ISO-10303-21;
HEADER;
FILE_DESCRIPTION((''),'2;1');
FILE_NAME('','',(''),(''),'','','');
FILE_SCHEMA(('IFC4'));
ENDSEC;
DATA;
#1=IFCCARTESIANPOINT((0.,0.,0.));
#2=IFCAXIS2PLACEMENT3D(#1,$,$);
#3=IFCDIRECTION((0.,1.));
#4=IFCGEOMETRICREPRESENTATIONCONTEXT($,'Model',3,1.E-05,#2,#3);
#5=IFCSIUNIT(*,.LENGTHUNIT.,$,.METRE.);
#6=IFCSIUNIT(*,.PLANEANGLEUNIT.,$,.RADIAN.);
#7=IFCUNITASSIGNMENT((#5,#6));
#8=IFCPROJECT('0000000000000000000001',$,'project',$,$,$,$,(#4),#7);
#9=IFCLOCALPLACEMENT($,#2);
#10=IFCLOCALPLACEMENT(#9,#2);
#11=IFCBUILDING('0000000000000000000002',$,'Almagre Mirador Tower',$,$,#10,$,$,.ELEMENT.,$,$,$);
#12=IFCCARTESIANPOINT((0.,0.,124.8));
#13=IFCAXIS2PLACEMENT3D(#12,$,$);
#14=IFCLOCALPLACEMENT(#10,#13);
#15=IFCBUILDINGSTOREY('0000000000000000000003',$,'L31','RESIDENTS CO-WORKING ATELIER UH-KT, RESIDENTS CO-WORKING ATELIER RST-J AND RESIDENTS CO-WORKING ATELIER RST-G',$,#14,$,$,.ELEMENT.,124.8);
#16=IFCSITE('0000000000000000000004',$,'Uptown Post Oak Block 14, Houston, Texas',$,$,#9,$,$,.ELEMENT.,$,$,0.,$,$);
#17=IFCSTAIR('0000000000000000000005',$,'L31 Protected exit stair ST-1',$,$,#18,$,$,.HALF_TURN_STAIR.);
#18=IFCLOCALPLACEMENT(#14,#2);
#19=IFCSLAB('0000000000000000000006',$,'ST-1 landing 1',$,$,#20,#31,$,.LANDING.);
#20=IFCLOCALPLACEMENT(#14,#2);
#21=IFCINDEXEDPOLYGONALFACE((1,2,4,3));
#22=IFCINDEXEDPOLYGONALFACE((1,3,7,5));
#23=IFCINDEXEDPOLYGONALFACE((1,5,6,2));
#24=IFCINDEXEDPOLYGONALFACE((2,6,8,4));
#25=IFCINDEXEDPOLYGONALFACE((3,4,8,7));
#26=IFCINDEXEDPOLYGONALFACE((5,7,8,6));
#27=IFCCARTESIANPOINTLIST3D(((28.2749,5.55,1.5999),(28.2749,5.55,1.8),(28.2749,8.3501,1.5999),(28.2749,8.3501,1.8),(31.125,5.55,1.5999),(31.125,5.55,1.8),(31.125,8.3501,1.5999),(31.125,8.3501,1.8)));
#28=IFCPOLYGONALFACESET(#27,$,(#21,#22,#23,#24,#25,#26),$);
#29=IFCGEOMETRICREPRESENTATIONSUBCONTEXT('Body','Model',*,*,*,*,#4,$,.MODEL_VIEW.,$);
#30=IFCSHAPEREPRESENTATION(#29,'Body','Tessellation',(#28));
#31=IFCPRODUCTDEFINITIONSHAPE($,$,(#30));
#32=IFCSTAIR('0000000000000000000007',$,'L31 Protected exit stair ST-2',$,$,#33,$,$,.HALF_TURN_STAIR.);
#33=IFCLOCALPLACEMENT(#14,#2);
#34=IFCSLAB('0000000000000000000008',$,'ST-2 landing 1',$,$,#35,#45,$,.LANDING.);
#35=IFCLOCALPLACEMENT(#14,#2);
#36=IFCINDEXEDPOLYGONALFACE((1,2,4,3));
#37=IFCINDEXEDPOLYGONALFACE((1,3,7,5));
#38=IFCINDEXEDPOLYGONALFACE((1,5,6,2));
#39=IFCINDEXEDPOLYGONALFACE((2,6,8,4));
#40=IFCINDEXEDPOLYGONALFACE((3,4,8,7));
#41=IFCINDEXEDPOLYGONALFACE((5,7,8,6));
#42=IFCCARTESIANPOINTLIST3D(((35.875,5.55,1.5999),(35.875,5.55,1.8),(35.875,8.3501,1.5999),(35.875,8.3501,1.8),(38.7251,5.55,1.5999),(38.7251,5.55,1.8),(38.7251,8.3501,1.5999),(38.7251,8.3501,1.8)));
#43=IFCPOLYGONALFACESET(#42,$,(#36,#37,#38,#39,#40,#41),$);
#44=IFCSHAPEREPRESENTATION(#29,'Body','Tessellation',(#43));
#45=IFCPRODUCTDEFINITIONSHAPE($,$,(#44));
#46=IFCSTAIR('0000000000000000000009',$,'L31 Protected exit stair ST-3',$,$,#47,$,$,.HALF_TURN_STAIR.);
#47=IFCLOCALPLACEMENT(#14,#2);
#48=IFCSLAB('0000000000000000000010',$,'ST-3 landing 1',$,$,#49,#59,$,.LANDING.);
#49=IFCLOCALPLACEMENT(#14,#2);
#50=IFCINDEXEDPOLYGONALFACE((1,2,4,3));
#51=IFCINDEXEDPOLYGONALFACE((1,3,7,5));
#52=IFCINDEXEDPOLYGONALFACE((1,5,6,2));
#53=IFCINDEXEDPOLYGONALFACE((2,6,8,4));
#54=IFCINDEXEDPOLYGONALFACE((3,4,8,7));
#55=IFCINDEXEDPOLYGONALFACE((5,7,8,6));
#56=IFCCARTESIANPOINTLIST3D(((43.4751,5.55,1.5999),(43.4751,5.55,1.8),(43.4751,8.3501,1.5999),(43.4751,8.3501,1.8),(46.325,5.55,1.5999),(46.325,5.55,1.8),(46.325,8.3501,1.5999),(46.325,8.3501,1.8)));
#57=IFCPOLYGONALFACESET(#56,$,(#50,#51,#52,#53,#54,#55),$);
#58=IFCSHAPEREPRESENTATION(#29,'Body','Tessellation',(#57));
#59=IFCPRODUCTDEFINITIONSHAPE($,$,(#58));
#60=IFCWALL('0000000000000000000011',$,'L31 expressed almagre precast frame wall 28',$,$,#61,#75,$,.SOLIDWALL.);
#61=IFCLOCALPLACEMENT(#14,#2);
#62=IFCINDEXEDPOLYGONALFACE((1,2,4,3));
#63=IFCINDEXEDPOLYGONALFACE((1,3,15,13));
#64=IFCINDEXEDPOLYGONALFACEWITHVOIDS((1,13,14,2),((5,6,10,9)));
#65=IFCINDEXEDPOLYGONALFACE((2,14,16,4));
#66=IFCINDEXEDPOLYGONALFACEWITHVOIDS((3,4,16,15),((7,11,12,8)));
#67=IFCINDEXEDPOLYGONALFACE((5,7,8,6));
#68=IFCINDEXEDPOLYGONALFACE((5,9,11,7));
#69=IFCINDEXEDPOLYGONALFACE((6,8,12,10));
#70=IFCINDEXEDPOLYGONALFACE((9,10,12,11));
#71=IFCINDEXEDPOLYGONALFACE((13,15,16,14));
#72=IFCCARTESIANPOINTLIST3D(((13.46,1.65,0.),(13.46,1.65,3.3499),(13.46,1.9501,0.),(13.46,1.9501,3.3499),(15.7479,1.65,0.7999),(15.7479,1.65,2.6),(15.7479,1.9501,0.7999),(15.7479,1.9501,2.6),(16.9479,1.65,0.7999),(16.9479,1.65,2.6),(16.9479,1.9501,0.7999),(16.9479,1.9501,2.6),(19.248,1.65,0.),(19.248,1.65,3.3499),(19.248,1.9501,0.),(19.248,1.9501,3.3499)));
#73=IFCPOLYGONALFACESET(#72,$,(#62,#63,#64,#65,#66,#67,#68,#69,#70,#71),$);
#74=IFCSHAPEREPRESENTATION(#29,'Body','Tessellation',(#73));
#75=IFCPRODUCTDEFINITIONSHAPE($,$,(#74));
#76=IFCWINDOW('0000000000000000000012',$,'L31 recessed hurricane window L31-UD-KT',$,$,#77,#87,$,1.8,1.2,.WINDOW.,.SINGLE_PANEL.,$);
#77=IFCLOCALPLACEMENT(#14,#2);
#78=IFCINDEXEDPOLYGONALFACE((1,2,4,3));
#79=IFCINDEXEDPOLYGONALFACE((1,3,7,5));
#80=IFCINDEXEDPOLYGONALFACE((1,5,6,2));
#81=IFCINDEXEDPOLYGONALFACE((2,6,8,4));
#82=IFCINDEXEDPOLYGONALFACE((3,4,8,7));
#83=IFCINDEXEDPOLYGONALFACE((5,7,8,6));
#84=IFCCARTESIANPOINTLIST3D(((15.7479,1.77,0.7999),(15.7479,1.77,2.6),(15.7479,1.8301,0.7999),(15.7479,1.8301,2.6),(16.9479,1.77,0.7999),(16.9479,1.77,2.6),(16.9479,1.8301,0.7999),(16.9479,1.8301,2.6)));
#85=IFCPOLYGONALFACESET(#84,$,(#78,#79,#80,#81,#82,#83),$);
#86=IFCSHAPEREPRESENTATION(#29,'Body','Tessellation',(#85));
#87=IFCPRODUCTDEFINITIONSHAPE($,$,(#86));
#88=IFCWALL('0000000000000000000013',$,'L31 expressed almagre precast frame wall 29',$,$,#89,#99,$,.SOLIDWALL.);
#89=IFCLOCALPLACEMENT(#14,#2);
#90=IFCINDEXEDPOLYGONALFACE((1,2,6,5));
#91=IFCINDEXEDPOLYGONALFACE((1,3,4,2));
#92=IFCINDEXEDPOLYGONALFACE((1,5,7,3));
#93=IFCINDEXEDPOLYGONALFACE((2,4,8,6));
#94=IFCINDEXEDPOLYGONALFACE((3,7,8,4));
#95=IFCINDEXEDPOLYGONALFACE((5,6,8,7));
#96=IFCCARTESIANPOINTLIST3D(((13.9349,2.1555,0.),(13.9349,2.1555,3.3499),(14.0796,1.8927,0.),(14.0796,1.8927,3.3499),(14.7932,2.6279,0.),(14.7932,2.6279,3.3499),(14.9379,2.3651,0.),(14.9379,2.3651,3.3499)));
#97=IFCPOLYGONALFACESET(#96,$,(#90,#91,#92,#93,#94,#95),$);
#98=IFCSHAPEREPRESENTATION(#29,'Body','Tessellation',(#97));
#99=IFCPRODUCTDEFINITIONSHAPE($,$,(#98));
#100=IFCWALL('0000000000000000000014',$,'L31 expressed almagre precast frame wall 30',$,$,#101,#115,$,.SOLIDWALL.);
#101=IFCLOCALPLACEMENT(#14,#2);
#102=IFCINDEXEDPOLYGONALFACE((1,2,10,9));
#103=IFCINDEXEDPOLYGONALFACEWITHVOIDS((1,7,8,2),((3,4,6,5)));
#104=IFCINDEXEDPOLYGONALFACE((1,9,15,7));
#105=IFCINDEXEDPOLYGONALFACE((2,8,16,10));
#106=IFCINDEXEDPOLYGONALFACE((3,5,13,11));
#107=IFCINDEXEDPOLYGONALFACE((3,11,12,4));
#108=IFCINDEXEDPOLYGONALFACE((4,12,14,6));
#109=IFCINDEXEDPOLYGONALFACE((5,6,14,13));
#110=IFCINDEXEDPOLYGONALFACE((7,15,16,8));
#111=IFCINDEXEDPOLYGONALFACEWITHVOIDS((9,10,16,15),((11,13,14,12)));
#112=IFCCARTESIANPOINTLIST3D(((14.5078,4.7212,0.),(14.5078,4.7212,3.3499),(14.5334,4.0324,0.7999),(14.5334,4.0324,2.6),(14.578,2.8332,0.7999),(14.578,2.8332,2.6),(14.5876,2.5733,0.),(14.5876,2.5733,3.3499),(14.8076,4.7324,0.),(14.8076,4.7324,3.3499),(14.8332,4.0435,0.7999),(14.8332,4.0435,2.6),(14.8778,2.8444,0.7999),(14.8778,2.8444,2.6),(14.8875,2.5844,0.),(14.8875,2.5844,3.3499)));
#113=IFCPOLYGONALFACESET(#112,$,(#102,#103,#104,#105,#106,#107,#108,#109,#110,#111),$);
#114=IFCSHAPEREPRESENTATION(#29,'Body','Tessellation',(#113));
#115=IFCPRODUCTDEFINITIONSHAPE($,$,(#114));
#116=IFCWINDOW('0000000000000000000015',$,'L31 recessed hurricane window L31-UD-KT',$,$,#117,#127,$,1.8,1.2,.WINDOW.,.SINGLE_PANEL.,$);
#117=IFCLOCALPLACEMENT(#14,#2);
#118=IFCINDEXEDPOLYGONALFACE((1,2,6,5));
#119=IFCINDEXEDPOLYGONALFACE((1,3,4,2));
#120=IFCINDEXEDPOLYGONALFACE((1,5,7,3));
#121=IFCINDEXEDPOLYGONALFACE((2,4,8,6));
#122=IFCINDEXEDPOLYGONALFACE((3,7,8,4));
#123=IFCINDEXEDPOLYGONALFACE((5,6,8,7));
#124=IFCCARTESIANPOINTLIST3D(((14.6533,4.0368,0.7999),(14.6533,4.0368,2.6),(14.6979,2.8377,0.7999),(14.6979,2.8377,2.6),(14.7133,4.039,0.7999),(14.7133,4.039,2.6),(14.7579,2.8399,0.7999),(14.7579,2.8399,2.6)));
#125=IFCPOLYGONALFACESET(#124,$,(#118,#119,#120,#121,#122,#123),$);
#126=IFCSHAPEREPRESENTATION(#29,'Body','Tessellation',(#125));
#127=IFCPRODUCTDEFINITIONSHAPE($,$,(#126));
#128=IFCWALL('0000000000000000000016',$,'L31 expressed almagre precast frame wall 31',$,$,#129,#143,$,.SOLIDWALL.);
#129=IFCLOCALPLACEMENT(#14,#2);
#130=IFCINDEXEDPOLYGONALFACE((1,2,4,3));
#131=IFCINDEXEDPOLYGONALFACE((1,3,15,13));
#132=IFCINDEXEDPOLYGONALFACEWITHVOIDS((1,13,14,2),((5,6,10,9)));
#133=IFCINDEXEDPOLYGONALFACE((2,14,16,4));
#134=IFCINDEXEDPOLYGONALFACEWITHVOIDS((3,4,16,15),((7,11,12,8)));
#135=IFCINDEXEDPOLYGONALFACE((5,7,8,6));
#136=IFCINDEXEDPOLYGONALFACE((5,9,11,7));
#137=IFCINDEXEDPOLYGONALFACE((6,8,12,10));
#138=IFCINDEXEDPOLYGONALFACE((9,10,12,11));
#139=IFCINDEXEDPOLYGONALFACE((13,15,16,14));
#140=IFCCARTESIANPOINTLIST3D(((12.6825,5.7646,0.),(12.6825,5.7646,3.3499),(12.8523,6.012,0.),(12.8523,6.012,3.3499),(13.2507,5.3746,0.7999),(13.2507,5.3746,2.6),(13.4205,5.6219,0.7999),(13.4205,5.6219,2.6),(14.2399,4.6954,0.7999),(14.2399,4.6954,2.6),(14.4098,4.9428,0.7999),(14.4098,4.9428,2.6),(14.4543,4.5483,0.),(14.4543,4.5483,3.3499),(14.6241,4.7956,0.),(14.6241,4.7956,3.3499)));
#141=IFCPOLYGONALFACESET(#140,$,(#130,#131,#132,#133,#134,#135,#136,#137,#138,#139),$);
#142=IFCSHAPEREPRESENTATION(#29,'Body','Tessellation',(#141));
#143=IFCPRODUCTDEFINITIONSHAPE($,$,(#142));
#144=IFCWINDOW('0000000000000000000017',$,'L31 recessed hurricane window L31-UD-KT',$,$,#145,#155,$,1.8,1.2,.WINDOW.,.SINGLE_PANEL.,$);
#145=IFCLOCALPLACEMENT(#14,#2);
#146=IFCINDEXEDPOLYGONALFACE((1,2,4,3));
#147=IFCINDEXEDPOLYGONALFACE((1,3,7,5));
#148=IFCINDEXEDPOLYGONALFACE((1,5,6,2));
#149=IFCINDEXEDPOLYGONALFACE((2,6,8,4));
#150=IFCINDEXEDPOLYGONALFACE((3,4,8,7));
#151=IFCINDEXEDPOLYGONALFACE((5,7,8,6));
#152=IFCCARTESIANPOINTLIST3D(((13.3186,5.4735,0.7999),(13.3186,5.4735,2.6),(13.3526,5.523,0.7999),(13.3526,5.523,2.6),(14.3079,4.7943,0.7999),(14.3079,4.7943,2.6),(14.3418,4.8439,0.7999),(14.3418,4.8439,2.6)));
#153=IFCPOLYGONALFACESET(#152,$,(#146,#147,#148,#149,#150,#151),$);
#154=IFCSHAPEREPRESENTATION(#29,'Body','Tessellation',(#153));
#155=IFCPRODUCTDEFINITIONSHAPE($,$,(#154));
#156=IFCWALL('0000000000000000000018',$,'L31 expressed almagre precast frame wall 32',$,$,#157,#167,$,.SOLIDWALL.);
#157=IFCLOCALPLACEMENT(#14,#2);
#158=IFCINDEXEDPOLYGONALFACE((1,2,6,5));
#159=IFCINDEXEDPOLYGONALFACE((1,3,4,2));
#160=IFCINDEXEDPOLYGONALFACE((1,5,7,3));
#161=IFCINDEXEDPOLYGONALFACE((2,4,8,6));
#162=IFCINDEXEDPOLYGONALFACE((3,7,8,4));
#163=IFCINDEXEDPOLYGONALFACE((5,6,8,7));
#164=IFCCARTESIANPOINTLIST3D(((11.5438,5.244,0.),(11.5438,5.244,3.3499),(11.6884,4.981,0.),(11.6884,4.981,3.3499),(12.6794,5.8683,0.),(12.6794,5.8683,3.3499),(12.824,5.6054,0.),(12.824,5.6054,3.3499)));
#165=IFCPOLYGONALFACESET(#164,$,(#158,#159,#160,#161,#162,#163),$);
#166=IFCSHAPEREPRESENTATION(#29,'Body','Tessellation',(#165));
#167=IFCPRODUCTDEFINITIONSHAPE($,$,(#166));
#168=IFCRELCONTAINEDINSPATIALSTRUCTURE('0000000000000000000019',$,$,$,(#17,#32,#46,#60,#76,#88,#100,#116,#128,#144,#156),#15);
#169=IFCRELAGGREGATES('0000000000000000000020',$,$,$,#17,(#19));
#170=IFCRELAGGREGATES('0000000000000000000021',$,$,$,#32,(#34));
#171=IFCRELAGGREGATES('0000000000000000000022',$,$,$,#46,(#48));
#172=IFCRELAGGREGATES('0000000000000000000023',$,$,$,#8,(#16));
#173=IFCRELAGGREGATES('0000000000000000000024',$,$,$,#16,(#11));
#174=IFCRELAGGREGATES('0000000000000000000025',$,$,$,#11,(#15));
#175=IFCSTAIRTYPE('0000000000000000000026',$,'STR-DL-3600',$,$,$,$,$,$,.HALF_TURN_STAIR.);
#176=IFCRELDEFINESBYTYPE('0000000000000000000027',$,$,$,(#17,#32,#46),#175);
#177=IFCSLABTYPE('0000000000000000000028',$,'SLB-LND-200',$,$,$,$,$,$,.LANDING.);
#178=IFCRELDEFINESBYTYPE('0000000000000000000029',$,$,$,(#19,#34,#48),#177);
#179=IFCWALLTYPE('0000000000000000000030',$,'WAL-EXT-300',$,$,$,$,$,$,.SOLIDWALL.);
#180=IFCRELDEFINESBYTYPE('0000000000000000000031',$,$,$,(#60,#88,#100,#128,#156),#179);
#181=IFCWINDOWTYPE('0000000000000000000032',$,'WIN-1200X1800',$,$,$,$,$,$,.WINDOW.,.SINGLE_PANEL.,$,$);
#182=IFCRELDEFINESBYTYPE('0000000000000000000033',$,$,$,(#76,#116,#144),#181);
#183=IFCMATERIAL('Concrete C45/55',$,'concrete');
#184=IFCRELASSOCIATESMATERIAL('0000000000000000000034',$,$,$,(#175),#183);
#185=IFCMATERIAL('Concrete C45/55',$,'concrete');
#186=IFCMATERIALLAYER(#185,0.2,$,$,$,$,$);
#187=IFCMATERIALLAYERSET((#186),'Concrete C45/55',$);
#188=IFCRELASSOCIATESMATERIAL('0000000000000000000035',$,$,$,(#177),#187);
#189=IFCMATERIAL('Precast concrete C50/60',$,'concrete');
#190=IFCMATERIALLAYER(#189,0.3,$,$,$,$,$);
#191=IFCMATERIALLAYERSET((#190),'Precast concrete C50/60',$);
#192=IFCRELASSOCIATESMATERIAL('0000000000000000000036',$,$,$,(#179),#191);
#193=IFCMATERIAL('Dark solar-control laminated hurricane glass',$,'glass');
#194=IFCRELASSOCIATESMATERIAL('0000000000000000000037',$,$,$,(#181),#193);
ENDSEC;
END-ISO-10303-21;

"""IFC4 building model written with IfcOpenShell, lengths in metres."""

from ifc_helpers import new_model, si_unit, direction, frame, frame_2d, origin, place, context, subcontext, project, spatial, polyline, rectangle, outline, extrude, material, layer, layer_set, type_object, element, fill, aggregate, save


model = new_model("IFC4")

# Units and contexts
model_context = context("Model", 3, precision=1e-05, world=origin(), true_north=direction((0.0, 1.0)))
body_context = subcontext(model_context, "Body", "Model", "MODEL_VIEW")
ifc_project = project(units=[si_unit("LENGTHUNIT", "METRE"), si_unit("PLANEANGLEUNIT", "RADIAN")], contexts=[model_context])

# Site, building, storey
site_placement = place(None, origin())
site = spatial("IfcSite", under=ifc_project, at=site_placement, Name="Uptown Post Oak Block 14, Houston, Texas", CompositionType="ELEMENT", RefElevation=0.0)
building_placement = place(site_placement, origin())
building = spatial("IfcBuilding", under=site, at=building_placement, Name="Almagre Mirador Tower", CompositionType="ELEMENT")
storey_placement = place(building_placement, frame((0.0, 0.0, 124.8)))
storey = spatial("IfcBuildingStorey", under=building, at=storey_placement, Name="L31", Description="RESIDENTS CO-WORKING ATELIER UH-KT, RESIDENTS CO-WORKING ATELIER RST-J AND RESIDENTS CO-WORKING ATELIER RST-G", CompositionType="ELEMENT", Elevation=124.8)

# Stairs, slabs
ifc_material_1 = material(Name="Concrete C45/55", Category="concrete")
stair_type = type_object("IfcStairType", Name="STR-DL-3600", PredefinedType="HALF_TURN_STAIR", material=ifc_material_1)
stair_1_placement = place(storey_placement, origin())
stair_1 = element("IfcStair", 1, at=stair_1_placement, inside=storey, type_object=stair_type, Name="L31 Protected exit stair ST-1", PredefinedType="HALF_TURN_STAIR")
ifc_material_2 = material(Name="Concrete C45/55", Category="concrete")
ifc_layer_1 = layer(ifc_material_2, 0.2)
ifc_layer_set_1 = layer_set([ifc_layer_1], Name="Concrete C45/55")
slab_type_1 = type_object("IfcSlabType", Name="SLB-LND-200", PredefinedType="LANDING", material=ifc_layer_set_1)
slab_1_placement = place(storey_placement, frame((0.0, 0.0, 1.5999)))
slab_1 = element("IfcSlab", 2, at=slab_1_placement, type_object=slab_type_1, Name="ST-1 landing 1", PredefinedType="LANDING", context=body_context, shape_type="SweptSolid", body=[
    extrude(outline(polyline([(28.2749, 8.3501), (28.2749, 5.55), (31.125, 5.55), (31.125, 8.3501), (28.2749, 8.3501)])), origin(), (0.0, 0.0, 1.0), 0.2002),
])
aggregate(stair_1, [slab_1])
stair_2_placement = place(storey_placement, origin())
stair_2 = element("IfcStair", 3, at=stair_2_placement, inside=storey, type_object=stair_type, Name="L31 Protected exit stair ST-2", PredefinedType="HALF_TURN_STAIR")
slab_2_placement = place(storey_placement, frame((0.0, 0.0, 1.5999)))
slab_2 = element("IfcSlab", 4, at=slab_2_placement, type_object=slab_type_1, Name="ST-2 landing 1", PredefinedType="LANDING", context=body_context, shape_type="SweptSolid", body=[
    extrude(outline(polyline([(35.875, 8.3501), (35.875, 5.55), (38.7251, 5.55), (38.7251, 8.3501), (35.875, 8.3501)])), origin(), (0.0, 0.0, 1.0), 0.2002),
])
aggregate(stair_2, [slab_2])
stair_3_placement = place(storey_placement, origin())
stair_3 = element("IfcStair", 5, at=stair_3_placement, inside=storey, type_object=stair_type, Name="L31 Protected exit stair ST-3", PredefinedType="HALF_TURN_STAIR")
slab_3_placement = place(storey_placement, frame((0.0, 0.0, 1.5999)))
slab_3 = element("IfcSlab", 6, at=slab_3_placement, type_object=slab_type_1, Name="ST-3 landing 1", PredefinedType="LANDING", context=body_context, shape_type="SweptSolid", body=[
    extrude(outline(polyline([(43.4751, 8.3501), (43.4751, 5.55), (46.325, 5.55), (46.325, 8.3501), (43.4751, 8.3501)])), origin(), (0.0, 0.0, 1.0), 0.2002),
])
aggregate(stair_3, [slab_3])

# Wall, opening, window
ifc_material_3 = material(Name="Precast concrete C50/60", Category="concrete")
ifc_layer_2 = layer(ifc_material_3, 0.3)
ifc_layer_set_2 = layer_set([ifc_layer_2], Name="Precast concrete C50/60")
wall_type = type_object("IfcWallType", Name="WAL-EXT-300", PredefinedType="SOLIDWALL", material=ifc_layer_set_2)
wall_1_placement = place(storey_placement, frame((19.248, 1.8, 0.0), z_axis=(0.0, 0.0, 1.0), x_axis=(-1.0, 0.0, 0.0)))
wall_1 = element("IfcWall", 7, at=wall_1_placement, inside=storey, type_object=wall_type, Name="L31 expressed almagre precast frame wall 28", PredefinedType="SOLIDWALL", context=body_context, shape_type="SweptSolid", body=[
    extrude(rectangle(XDim=5.7881, YDim=0.3, at=frame_2d((2.894, 0.0))), origin(), (0.0, 0.0, 1.0), 3.3499),
])
opening_1_placement = place(wall_1_placement, frame((2.3, 0.0, 0.8)))
opening_1 = element("IfcOpeningElement", 8, at=opening_1_placement, cuts=wall_1, PredefinedType="OPENING", context=body_context, shape_type="SweptSolid", body=[
    extrude(rectangle(XDim=1.2, YDim=1.8, at=frame_2d((0.6001, 0.8999))), frame((0.0, 0.1599, 0.0), z_axis=(0.0, -1.0, 0.0), x_axis=(1.0, 0.0, 0.0)), (0.0, 0.0, 1.0), 0.32),
])
ifc_material_4 = material(Name="Dark solar-control laminated hurricane glass", Category="glass")
window_type_1 = type_object("IfcWindowType", Name="WIN-1200X1800", PartitioningType="SINGLE_PANEL", PredefinedType="WINDOW", material=ifc_material_4)
window_1_placement = place(opening_1_placement, origin())
window_1 = element("IfcWindow", 9, at=window_1_placement, inside=storey, type_object=window_type_1, Name="L31 recessed hurricane window L31-UD-KT", OverallHeight=1.8, OverallWidth=1.2, PartitioningType="SINGLE_PANEL", PredefinedType="WINDOW", context=body_context, shape_type="SweptSolid", body=[
    extrude(rectangle(XDim=1.2, YDim=1.8, at=frame_2d((0.6001, 0.8999))), frame((0.0, 0.03, 0.0), z_axis=(0.0, -1.0, 0.0), x_axis=(1.0, 0.0, 0.0)), (0.0, 0.0, 1.0), 0.0601),
])
fill(opening_1, window_1)

# Wall
wall_2_placement = place(storey_placement, frame((14.0073, 2.0242, 0.0), z_axis=(0.0, 0.0, 1.0), x_axis=(0.87609, 0.482148, 0.0)))
element("IfcWall", 10, at=wall_2_placement, inside=storey, type_object=wall_type, Name="L31 expressed almagre precast frame wall 29", PredefinedType="SOLIDWALL", context=body_context, shape_type="SweptSolid", body=[
    extrude(rectangle(XDim=0.9797, YDim=0.3, at=frame_2d((0.4897, 0.0))), origin(), (0.0, 0.0, 1.0), 3.3499),
])

# Walls, openings, windows
wall_3_placement = place(storey_placement, frame((14.7375, 2.5789, 0.0), z_axis=(0.0, 0.0, 1.0), x_axis=(-0.037142, 0.99931, 0.0)))
wall_3 = element("IfcWall", 11, at=wall_3_placement, inside=storey, type_object=wall_type, Name="L31 expressed almagre precast frame wall 30", PredefinedType="SOLIDWALL", context=body_context, shape_type="SweptSolid", body=[
    extrude(rectangle(XDim=2.1494, YDim=0.3, at=frame_2d((1.0747, 0.0))), origin(), (0.0, 0.0, 1.0), 3.3499),
])
opening_2_placement = place(wall_3_placement, frame((0.26, 0.0, 0.8)))
opening_2 = element("IfcOpeningElement", 12, at=opening_2_placement, cuts=wall_3, PredefinedType="OPENING", context=body_context, shape_type="SweptSolid", body=[
    extrude(rectangle(XDim=1.2, YDim=1.8, at=frame_2d((0.6001, 0.8999))), frame((0.0, 0.1599, 0.0), z_axis=(0.0, -1.0, 0.0), x_axis=(1.0, 0.0, 0.0)), (0.0, 0.0, 1.0), 0.32),
])
window_2_placement = place(opening_2_placement, origin())
window_2 = element("IfcWindow", 13, at=window_2_placement, inside=storey, type_object=window_type_1, Name="L31 recessed hurricane window L31-UD-KT", OverallHeight=1.8, OverallWidth=1.2, PartitioningType="SINGLE_PANEL", PredefinedType="WINDOW", context=body_context, shape_type="SweptSolid", body=[
    extrude(rectangle(XDim=1.2, YDim=1.8, at=frame_2d((0.6001, 0.8999))), frame((0.0, 0.03, 0.0), z_axis=(0.0, -1.0, 0.0), x_axis=(1.0, 0.0, 0.0)), (0.0, 0.0, 1.0), 0.0601),
])
fill(opening_2, window_2)
wall_4_placement = place(storey_placement, frame((14.5393, 4.6719, 0.0), z_axis=(0.0, 0.0, 1.0), x_axis=(-0.824423, 0.565974, 0.0)))
wall_4 = element("IfcWall", 14, at=wall_4_placement, inside=storey, type_object=wall_type, Name="L31 expressed almagre precast frame wall 31", PredefinedType="SOLIDWALL", context=body_context, shape_type="SweptSolid", body=[
    extrude(rectangle(XDim=2.1492, YDim=0.3, at=frame_2d((1.0747, 0.0))), origin(), (0.0, 0.0, 1.0), 3.3499),
])
opening_3_placement = place(wall_4_placement, frame((0.26, 0.0, 0.8)))
opening_3 = element("IfcOpeningElement", 15, at=opening_3_placement, cuts=wall_4, PredefinedType="OPENING", context=body_context, shape_type="SweptSolid", body=[
    extrude(rectangle(XDim=1.2, YDim=1.8, at=frame_2d((0.6001, 0.8999))), frame((0.0, 0.1599, 0.0), z_axis=(0.0, -1.0, 0.0), x_axis=(1.0, 0.0, 0.0)), (0.0, 0.0, 1.0), 0.32),
])
window_3_placement = place(opening_3_placement, origin())
window_3 = element("IfcWindow", 16, at=window_3_placement, inside=storey, type_object=window_type_1, Name="L31 recessed hurricane window L31-UD-KT", OverallHeight=1.8, OverallWidth=1.2, PartitioningType="SINGLE_PANEL", PredefinedType="WINDOW", context=body_context, shape_type="SweptSolid", body=[
    extrude(rectangle(XDim=1.2, YDim=1.8, at=frame_2d((0.6001, 0.8999))), frame((0.0, 0.03, 0.0), z_axis=(0.0, -1.0, 0.0), x_axis=(1.0, 0.0, 0.0)), (0.0, 0.0, 1.0), 0.0601),
])
fill(opening_3, window_3)

# Wall
wall_5_placement = place(storey_placement, frame((12.7517, 5.7368, 0.0), z_axis=(0.0, 0.0, 1.0), x_axis=(-0.876299, -0.481767, 0.0)))
element("IfcWall", 17, at=wall_5_placement, inside=storey, type_object=wall_type, Name="L31 expressed almagre precast frame wall 32", PredefinedType="SOLIDWALL", context=body_context, shape_type="SweptSolid", body=[
    extrude(rectangle(XDim=1.2959, YDim=0.3, at=frame_2d((0.6479, 0.0))), origin(), (0.0, 0.0, 1.0), 3.3499),
])

save(model, "model.ifc")
